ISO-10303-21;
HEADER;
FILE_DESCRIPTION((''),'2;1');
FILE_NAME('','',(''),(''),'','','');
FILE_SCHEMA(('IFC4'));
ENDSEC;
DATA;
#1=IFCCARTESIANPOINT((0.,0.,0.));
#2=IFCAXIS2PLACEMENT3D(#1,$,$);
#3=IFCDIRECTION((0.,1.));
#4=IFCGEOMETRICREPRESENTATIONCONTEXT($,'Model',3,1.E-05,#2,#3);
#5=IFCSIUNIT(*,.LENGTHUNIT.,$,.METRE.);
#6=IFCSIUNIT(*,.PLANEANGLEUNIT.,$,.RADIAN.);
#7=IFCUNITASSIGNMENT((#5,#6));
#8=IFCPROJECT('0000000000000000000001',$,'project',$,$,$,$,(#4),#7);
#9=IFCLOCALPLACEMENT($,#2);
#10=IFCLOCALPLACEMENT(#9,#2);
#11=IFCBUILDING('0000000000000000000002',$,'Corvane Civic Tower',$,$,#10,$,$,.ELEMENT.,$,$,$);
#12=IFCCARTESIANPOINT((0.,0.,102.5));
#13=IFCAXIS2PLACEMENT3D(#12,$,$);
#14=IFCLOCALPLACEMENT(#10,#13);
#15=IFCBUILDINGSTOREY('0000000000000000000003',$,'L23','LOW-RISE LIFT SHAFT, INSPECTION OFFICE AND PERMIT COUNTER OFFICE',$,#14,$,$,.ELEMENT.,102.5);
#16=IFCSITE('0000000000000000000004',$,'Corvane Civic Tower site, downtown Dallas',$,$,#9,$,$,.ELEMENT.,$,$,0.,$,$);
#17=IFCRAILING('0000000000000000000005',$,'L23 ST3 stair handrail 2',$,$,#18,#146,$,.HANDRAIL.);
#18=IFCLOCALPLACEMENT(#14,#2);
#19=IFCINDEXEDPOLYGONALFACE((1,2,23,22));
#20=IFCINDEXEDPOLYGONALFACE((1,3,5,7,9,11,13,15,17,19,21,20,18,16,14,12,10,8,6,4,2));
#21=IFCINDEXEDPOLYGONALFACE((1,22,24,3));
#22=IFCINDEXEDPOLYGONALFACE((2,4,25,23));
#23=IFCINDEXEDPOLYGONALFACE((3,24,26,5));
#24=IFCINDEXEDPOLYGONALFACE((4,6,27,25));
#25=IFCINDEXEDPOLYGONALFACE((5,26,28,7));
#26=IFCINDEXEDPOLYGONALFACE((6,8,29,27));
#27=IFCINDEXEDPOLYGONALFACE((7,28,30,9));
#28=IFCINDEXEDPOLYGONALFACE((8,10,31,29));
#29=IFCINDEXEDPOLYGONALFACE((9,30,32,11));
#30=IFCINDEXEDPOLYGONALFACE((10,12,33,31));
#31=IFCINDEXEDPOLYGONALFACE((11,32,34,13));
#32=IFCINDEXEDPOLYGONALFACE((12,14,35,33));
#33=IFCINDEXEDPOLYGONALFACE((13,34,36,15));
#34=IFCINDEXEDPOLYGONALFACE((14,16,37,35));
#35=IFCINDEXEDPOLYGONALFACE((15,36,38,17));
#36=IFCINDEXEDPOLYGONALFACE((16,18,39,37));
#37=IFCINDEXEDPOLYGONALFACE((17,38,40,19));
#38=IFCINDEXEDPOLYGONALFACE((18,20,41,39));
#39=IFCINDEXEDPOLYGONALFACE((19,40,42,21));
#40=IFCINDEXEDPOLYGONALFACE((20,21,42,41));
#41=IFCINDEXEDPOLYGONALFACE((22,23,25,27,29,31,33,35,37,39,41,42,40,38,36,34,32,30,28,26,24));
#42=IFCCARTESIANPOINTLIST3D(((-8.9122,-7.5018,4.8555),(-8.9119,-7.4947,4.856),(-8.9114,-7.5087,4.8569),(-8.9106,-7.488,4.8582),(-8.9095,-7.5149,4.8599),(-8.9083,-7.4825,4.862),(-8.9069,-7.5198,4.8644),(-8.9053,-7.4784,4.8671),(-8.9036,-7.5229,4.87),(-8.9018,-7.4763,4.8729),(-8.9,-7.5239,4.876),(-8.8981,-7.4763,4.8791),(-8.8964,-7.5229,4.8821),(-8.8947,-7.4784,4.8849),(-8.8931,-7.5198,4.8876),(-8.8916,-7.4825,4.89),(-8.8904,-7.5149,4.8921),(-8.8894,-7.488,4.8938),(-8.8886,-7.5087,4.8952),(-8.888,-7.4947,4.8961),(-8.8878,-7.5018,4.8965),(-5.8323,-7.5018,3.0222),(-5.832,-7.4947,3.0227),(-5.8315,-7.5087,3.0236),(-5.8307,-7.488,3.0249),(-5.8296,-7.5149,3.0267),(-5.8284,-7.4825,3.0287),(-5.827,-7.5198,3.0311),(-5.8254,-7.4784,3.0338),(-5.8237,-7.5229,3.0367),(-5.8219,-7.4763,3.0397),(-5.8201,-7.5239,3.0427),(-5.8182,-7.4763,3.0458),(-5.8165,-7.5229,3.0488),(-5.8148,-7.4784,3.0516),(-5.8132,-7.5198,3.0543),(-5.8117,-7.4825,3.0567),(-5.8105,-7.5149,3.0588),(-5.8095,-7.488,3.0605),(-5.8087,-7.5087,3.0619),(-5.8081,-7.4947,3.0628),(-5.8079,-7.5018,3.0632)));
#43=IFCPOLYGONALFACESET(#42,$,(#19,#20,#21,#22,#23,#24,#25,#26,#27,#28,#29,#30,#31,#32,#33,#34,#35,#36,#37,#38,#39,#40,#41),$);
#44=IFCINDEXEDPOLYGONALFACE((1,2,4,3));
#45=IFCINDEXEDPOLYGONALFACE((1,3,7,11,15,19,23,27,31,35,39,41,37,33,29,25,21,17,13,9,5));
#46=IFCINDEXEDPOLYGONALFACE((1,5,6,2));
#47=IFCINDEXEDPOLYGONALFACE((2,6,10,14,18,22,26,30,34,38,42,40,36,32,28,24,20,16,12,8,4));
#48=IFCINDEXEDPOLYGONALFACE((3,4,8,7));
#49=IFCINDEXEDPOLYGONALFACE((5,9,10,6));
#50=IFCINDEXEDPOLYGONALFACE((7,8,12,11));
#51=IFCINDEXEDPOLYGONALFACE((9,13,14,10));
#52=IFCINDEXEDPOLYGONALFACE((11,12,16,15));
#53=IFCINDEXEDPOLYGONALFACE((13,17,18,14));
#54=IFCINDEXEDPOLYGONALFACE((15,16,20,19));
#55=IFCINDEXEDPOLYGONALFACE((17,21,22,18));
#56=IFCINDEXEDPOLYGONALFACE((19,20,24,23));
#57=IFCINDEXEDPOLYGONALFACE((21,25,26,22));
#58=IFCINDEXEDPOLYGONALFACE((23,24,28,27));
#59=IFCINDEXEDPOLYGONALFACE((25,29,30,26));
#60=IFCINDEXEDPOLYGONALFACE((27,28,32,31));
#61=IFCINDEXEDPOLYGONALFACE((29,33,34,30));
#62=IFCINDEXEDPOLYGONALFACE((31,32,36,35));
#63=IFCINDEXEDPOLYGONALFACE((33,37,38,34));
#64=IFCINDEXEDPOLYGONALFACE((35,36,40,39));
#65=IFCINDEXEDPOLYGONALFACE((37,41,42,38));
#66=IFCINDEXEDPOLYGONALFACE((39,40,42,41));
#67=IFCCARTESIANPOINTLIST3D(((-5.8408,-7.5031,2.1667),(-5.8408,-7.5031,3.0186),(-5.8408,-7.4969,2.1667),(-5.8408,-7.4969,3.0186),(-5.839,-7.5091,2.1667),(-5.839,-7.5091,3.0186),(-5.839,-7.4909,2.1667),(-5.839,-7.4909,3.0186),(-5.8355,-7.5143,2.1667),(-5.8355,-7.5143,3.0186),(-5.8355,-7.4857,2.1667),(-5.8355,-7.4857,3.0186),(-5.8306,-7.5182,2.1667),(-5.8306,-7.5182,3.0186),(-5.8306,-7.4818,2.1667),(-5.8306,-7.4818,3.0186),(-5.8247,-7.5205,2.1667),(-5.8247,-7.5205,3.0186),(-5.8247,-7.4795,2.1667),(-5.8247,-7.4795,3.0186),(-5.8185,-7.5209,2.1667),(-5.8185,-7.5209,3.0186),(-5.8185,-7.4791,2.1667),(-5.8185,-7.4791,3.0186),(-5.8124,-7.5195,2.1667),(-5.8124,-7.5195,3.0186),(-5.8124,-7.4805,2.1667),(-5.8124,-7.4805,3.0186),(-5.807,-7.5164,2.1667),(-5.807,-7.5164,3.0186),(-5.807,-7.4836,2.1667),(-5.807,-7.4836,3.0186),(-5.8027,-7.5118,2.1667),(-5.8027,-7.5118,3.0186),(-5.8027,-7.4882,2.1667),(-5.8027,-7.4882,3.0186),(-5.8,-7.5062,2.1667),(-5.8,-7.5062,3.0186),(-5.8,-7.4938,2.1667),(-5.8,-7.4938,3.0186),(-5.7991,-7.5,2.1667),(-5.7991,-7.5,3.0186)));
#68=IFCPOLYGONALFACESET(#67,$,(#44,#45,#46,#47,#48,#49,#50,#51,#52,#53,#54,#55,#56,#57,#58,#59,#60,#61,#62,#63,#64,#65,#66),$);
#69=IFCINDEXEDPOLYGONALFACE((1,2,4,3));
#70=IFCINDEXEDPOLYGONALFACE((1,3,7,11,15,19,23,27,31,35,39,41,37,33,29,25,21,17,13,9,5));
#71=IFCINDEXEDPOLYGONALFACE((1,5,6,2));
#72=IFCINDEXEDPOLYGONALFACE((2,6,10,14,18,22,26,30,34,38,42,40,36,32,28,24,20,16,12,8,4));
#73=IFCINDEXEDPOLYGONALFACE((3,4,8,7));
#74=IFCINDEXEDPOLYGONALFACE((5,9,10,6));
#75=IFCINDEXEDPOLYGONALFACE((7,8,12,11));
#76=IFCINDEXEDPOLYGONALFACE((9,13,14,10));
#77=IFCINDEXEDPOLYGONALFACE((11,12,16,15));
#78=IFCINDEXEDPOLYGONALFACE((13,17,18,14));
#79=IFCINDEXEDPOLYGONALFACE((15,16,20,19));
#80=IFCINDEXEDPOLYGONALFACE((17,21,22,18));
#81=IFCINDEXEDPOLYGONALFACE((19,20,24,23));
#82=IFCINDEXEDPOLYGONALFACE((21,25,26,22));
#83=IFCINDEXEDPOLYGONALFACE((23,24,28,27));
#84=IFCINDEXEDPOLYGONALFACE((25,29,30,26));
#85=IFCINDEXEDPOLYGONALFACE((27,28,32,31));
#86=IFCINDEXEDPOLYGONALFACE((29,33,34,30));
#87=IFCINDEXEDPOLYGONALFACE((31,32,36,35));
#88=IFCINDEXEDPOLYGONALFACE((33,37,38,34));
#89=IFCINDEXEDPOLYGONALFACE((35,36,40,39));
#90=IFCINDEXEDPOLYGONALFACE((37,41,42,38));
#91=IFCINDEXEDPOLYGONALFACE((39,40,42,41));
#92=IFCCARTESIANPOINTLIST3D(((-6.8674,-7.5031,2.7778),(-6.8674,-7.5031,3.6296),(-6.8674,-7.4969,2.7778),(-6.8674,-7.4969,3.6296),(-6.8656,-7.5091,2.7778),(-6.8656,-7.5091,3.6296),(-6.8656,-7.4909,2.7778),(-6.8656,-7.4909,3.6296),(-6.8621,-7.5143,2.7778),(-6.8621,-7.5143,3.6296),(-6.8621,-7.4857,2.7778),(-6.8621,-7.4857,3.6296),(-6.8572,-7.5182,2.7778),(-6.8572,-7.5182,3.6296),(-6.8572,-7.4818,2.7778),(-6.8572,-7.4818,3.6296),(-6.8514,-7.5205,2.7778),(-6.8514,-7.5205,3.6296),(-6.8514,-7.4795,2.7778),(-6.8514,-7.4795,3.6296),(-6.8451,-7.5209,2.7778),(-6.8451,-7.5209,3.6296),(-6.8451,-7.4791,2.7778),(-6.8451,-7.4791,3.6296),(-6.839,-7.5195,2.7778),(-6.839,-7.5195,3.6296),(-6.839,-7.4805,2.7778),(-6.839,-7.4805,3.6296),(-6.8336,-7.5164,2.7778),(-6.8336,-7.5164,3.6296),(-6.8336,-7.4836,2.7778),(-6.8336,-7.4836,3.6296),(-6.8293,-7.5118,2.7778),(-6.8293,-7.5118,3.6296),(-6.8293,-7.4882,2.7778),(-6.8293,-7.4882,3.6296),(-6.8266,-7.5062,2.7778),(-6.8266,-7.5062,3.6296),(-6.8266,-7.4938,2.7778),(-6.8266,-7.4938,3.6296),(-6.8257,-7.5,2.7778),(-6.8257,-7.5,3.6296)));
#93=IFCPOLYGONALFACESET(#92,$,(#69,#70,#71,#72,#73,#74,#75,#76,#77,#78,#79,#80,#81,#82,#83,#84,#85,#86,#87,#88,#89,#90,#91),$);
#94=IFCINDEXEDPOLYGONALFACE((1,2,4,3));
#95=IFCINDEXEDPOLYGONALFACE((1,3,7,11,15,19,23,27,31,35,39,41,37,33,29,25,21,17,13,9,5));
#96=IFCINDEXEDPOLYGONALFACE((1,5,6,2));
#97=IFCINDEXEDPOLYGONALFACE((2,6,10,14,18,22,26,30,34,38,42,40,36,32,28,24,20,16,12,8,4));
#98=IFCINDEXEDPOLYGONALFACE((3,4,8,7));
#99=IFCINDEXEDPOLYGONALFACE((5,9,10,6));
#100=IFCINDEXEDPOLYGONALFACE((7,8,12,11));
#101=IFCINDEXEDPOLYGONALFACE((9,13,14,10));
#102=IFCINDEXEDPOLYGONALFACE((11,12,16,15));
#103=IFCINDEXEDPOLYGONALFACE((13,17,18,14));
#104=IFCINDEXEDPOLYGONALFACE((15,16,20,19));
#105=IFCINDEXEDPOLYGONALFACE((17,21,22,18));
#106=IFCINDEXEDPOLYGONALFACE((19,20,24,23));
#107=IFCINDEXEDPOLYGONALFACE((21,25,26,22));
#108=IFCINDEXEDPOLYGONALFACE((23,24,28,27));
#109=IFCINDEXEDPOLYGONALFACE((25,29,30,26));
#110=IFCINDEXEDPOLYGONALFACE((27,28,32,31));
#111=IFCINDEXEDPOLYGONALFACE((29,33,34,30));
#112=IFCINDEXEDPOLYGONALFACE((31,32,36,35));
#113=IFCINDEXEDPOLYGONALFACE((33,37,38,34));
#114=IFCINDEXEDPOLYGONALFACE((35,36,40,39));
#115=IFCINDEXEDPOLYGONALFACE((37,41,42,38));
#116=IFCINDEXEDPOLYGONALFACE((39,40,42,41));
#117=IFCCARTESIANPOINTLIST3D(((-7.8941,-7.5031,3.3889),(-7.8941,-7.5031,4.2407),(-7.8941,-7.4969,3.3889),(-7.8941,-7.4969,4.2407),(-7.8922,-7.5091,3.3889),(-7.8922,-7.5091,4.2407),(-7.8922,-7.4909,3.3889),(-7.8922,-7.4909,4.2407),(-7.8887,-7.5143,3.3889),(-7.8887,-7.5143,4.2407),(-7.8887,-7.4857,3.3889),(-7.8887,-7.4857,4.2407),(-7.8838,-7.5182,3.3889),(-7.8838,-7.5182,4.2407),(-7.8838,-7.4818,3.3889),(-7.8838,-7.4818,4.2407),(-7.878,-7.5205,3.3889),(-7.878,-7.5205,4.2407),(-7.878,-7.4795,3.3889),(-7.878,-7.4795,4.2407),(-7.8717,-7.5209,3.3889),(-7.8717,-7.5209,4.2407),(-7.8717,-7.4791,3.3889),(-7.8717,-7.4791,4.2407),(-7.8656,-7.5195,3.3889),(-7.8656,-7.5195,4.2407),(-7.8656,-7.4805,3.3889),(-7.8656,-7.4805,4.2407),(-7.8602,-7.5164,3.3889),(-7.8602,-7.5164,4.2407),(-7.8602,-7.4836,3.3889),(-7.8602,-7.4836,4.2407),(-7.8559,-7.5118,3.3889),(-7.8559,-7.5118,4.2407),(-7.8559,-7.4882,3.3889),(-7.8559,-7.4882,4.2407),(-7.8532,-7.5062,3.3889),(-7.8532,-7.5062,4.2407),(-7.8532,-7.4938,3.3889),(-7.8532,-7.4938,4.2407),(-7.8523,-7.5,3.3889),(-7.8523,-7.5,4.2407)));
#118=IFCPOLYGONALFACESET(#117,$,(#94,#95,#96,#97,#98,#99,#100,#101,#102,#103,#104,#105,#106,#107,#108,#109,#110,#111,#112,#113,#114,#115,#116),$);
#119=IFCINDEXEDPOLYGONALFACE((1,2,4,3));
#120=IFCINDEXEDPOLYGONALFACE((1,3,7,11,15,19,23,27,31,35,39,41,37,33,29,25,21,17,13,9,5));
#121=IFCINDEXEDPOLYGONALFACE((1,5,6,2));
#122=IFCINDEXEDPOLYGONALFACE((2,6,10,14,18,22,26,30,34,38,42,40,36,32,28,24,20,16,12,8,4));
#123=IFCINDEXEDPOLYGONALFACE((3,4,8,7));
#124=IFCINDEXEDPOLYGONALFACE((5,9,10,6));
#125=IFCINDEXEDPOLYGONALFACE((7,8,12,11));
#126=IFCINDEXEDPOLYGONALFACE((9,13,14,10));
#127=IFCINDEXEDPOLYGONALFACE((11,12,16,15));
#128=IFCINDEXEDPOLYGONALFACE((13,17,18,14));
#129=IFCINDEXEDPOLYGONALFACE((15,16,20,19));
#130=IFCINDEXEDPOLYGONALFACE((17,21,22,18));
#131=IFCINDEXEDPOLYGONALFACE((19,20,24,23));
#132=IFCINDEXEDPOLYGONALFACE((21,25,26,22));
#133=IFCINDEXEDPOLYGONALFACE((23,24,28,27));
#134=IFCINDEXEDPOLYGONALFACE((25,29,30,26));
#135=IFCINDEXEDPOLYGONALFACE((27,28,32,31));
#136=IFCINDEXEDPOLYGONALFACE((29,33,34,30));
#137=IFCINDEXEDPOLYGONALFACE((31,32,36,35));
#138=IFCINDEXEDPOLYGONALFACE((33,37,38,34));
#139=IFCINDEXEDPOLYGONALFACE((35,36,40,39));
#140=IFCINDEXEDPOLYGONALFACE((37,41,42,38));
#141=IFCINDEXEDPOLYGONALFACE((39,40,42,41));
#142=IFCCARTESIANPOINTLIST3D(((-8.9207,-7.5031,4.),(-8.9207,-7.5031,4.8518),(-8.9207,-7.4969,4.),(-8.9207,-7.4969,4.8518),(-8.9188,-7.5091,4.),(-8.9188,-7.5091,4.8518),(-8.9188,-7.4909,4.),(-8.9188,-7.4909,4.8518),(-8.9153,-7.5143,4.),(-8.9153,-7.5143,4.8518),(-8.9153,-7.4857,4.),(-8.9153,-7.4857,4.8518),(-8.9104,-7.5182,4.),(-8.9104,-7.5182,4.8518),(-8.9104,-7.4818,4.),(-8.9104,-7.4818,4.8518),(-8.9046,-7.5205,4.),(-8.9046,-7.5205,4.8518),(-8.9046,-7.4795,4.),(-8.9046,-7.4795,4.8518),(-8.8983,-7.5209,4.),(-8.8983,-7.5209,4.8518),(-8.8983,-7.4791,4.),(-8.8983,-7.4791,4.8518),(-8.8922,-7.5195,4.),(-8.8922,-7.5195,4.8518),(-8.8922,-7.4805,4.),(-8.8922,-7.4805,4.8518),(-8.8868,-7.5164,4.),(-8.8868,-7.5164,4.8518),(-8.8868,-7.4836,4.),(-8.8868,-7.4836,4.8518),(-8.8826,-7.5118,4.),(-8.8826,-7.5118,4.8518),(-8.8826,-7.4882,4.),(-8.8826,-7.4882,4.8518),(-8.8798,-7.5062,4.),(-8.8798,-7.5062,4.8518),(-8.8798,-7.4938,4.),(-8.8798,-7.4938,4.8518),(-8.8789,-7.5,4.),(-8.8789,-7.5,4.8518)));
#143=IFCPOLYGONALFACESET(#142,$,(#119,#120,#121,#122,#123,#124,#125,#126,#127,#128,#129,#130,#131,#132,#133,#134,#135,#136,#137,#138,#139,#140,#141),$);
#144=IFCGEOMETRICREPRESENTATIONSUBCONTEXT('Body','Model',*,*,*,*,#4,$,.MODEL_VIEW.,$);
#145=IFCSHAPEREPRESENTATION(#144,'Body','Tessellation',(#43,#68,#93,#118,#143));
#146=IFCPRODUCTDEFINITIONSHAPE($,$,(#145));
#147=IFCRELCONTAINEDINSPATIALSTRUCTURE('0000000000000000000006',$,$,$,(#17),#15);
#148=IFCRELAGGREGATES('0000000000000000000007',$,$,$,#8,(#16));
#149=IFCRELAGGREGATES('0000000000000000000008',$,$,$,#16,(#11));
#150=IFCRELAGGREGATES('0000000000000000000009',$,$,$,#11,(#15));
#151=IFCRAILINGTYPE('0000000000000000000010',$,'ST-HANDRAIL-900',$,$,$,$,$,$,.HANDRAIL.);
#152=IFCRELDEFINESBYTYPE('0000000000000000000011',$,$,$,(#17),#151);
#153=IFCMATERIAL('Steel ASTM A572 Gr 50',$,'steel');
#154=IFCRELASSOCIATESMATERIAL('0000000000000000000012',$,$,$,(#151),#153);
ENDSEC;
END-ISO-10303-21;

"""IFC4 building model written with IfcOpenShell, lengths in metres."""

from ifc_helpers import new_model, si_unit, direction, frame, origin, origin_2d, place, context, subcontext, project, spatial, circle, extrude, material, type_object, element, save


model = new_model("IFC4")

# Units and contexts
model_context = context("Model", 3, precision=1e-05, world=origin(), true_north=direction((0.0, 1.0)))
body_context = subcontext(model_context, "Body", "Model", "MODEL_VIEW")
ifc_project = project(units=[si_unit("LENGTHUNIT", "METRE"), si_unit("PLANEANGLEUNIT", "RADIAN")], contexts=[model_context])

# Site, building, storey
site_placement = place(None, origin())
site = spatial("IfcSite", under=ifc_project, at=site_placement, Name="Corvane Civic Tower site, downtown Dallas", CompositionType="ELEMENT", RefElevation=0.0)
building_placement = place(site_placement, origin())
building = spatial("IfcBuilding", under=site, at=building_placement, Name="Corvane Civic Tower", CompositionType="ELEMENT")
storey_placement = place(building_placement, frame((0.0, 0.0, 102.5)))
storey = spatial("IfcBuildingStorey", under=building, at=storey_placement, Name="L23", Description="LOW-RISE LIFT SHAFT, INSPECTION OFFICE AND PERMIT COUNTER OFFICE", CompositionType="ELEMENT", Elevation=102.5)

# Railing
ifc_material_1 = material(Name="Steel ASTM A572 Gr 50", Category="steel")
railing_type_1 = type_object("IfcRailingType", Name="ST-HANDRAIL-900", PredefinedType="HANDRAIL", material=ifc_material_1)
railing_1_placement = place(storey_placement, frame((-5.8201, -7.5, 2.1667)))
element("IfcRailing", 1, at=railing_1_placement, inside=storey, type_object=railing_type_1, Name="L23 ST3 stair handrail 2", PredefinedType="HANDRAIL", context=body_context, shape_type="SweptSolid", body=[
    extrude(circle(Radius=0.0239, at=origin_2d()), frame((0.0, 0.0, 0.876), z_axis=(-0.859291, 0.0, 0.511487), x_axis=(0.0, -1.0, 0.0)), (0.0, 0.0, 1.0), 3.5842),
    extrude(circle(Radius=0.021, at=origin_2d()), origin(), (0.0, 0.0, 1.0), 0.8518),
    extrude(circle(Radius=0.021, at=origin_2d()), frame((-1.0266, 0.0, 0.6111)), (0.0, 0.0, 1.0), 0.8518),
    extrude(circle(Radius=0.021, at=origin_2d()), frame((-2.0532, 0.0, 1.2222)), (0.0, 0.0, 1.0), 0.8518),
    extrude(circle(Radius=0.021, at=origin_2d()), frame((-3.0798, 0.0, 1.8333)), (0.0, 0.0, 1.0), 0.8518),
])

save(model, "model.ifc")
